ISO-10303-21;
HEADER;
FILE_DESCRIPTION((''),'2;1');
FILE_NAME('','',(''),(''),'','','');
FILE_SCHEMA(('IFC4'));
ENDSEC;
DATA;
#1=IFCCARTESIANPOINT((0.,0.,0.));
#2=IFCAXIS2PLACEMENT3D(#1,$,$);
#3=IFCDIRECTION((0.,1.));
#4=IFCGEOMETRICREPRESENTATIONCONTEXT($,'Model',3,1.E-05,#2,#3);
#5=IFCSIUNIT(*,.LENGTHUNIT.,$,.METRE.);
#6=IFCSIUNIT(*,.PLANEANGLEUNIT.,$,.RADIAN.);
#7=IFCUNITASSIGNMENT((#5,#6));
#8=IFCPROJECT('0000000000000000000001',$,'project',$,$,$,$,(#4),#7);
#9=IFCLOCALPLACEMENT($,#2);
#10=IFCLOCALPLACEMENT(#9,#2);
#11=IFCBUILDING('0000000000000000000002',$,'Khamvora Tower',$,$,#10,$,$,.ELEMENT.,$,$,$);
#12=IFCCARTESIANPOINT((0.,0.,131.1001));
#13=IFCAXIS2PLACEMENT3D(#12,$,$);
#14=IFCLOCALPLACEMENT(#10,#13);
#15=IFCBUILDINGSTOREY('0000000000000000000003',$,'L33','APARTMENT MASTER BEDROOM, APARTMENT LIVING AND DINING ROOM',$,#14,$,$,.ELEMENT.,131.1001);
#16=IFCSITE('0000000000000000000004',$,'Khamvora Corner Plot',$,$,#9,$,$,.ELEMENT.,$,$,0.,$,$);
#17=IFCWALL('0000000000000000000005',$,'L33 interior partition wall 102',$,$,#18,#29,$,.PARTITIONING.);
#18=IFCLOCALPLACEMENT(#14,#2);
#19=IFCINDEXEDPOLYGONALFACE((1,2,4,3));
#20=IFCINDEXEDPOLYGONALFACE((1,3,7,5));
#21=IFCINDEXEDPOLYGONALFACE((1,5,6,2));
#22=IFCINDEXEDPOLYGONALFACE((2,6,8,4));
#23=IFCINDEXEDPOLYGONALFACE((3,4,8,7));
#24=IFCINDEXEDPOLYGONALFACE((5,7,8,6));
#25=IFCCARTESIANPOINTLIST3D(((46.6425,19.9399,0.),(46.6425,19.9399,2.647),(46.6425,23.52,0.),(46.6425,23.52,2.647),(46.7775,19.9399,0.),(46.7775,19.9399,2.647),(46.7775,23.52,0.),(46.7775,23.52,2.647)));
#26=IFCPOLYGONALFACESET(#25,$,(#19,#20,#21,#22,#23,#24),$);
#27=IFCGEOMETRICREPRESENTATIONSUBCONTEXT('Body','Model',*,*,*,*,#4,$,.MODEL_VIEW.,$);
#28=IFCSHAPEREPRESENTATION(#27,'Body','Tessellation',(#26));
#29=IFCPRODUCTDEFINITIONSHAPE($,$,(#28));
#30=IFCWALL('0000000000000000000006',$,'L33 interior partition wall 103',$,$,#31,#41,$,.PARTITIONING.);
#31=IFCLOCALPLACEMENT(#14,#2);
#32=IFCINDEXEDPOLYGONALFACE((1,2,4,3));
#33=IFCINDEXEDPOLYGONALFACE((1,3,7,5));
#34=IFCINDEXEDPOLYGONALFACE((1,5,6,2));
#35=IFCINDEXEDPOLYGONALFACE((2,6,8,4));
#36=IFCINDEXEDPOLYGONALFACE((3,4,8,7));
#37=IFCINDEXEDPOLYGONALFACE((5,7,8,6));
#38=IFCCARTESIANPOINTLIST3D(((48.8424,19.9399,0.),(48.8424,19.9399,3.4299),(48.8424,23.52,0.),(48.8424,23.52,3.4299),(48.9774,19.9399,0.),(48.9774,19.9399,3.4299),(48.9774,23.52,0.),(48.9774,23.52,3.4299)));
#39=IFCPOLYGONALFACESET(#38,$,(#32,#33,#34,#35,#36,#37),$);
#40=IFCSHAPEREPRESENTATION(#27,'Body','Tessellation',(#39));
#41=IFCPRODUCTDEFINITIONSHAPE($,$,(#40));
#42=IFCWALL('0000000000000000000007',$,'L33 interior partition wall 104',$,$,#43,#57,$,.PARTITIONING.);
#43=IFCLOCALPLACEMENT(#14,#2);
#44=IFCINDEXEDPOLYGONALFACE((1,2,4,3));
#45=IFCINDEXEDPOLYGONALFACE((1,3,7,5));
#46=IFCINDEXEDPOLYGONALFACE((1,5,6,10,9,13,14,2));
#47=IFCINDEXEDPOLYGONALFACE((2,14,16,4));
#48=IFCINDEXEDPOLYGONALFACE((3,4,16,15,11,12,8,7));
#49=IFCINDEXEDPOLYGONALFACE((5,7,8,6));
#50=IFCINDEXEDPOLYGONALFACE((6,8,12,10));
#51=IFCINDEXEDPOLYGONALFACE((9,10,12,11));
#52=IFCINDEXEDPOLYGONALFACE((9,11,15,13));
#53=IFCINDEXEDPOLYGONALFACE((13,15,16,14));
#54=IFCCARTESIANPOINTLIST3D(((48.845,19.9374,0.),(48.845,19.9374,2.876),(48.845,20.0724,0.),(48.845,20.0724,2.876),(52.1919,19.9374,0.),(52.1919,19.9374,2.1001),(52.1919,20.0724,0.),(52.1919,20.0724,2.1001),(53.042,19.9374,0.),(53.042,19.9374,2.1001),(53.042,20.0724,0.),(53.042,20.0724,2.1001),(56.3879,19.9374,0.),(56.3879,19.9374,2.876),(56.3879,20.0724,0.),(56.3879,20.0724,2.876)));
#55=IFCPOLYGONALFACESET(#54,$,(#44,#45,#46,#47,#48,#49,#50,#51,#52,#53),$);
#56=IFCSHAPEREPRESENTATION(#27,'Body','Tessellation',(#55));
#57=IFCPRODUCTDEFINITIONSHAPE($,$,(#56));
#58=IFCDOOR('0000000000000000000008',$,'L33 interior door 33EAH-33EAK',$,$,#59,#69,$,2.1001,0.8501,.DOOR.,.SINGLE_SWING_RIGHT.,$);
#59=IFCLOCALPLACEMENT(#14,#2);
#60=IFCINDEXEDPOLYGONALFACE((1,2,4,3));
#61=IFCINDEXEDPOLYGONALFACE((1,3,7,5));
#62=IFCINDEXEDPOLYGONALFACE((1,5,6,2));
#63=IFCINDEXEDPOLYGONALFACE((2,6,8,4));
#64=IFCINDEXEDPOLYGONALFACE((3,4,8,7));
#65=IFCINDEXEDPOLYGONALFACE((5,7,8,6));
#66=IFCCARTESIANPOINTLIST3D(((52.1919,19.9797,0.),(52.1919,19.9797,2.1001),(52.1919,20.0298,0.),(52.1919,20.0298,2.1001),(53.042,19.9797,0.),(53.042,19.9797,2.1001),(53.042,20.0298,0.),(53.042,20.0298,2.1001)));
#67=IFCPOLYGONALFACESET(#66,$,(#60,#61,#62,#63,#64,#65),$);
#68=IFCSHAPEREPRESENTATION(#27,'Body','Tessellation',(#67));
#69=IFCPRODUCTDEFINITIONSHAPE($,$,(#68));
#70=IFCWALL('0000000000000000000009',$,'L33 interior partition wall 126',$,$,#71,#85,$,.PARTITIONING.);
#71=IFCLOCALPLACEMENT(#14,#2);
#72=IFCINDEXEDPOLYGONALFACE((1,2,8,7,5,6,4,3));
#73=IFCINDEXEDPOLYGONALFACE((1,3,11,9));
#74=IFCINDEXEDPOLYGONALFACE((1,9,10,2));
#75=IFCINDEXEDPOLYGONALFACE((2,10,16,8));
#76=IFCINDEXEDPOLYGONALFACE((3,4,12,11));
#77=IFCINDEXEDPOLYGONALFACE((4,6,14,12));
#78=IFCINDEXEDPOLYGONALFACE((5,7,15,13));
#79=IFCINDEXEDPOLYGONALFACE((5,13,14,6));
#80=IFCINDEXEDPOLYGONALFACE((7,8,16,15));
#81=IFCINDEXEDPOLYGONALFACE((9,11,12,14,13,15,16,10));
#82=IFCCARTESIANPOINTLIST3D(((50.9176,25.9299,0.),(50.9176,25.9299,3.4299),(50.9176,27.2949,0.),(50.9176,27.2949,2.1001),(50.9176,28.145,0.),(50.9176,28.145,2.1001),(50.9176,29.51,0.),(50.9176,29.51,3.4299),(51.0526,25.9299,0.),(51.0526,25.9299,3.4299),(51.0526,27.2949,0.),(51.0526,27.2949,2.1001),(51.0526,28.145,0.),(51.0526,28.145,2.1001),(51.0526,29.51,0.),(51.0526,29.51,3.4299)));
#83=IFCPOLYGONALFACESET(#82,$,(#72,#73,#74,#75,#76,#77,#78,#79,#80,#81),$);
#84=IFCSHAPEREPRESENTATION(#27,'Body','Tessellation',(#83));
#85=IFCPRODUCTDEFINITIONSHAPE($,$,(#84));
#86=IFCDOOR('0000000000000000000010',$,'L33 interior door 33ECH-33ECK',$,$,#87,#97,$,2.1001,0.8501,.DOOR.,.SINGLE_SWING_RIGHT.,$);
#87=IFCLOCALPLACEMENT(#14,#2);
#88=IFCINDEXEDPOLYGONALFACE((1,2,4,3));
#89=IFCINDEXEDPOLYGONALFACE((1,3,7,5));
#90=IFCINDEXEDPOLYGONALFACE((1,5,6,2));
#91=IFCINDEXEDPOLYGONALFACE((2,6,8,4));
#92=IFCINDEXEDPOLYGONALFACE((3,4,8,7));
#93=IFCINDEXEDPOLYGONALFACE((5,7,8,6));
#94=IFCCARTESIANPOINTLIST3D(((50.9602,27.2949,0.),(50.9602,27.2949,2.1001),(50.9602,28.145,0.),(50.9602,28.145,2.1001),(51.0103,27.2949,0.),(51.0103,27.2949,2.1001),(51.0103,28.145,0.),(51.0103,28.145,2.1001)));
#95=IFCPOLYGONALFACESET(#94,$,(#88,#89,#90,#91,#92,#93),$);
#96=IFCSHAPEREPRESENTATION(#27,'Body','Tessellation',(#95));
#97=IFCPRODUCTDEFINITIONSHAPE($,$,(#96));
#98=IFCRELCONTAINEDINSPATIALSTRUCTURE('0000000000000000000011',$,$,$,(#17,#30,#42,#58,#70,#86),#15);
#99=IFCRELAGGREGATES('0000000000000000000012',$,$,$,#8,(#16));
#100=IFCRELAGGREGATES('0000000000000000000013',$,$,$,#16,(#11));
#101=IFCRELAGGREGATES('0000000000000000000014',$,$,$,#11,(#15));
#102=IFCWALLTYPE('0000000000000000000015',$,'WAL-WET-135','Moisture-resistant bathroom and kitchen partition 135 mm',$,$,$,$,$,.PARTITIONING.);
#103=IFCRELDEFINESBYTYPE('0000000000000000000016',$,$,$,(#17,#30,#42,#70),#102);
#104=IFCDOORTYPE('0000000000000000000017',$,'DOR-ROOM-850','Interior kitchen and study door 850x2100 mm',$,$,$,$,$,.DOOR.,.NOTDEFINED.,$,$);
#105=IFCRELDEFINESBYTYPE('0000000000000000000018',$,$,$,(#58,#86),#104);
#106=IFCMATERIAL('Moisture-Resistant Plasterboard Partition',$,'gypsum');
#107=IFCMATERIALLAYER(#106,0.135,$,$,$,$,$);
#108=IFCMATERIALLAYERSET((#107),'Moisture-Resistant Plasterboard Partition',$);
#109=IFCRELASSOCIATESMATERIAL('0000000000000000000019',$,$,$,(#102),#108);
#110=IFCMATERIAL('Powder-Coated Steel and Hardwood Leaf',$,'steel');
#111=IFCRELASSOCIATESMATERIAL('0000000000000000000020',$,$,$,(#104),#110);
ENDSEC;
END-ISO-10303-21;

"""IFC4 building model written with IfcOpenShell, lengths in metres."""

from ifc_helpers import new_model, si_unit, direction, frame, frame_2d, origin, place, context, subcontext, project, spatial, rectangle, extrude, material, layer, layer_set, type_object, element, fill, save


model = new_model("IFC4")

# Units and contexts
model_context = context("Model", 3, precision=1e-05, world=origin(), true_north=direction((0.0, 1.0)))
body_context = subcontext(model_context, "Body", "Model", "MODEL_VIEW")
ifc_project = project(units=[si_unit("LENGTHUNIT", "METRE"), si_unit("PLANEANGLEUNIT", "RADIAN")], contexts=[model_context])

# Site, building, storey
site_placement = place(None, origin())
site = spatial("IfcSite", under=ifc_project, at=site_placement, Name="Khamvora Corner Plot", CompositionType="ELEMENT", RefElevation=0.0)
building_placement = place(site_placement, origin())
building = spatial("IfcBuilding", under=site, at=building_placement, Name="Khamvora Tower", CompositionType="ELEMENT")
storey_placement = place(building_placement, frame((0.0, 0.0, 131.1001)))
storey = spatial("IfcBuildingStorey", under=building, at=storey_placement, Name="L33", Description="APARTMENT MASTER BEDROOM, APARTMENT LIVING AND DINING ROOM", CompositionType="ELEMENT", Elevation=131.1001)

# Shared definitions
ifc_material_1 = material(Name="Powder-Coated Steel and Hardwood Leaf", Category="steel")

# Shared definitions
ifc_material_2 = material(Name="Moisture-Resistant Plasterboard Partition", Category="gypsum")
ifc_layer_1 = layer(ifc_material_2, 0.135)
ifc_layer_set_1 = layer_set([ifc_layer_1], Name="Moisture-Resistant Plasterboard Partition")
wall_type_1 = type_object("IfcWallType", Name="WAL-WET-135", Description="Moisture-resistant bathroom and kitchen partition 135 mm", PredefinedType="PARTITIONING", material=ifc_layer_set_1)

# Walls
wall_1_placement = place(storey_placement, frame((46.71, 19.9399, 0.0), z_axis=(0.0, 0.0, 1.0), x_axis=(0.0, 1.0, 0.0)))
element("IfcWall", 1, at=wall_1_placement, inside=storey, type_object=wall_type_1, Name="L33 interior partition wall 102", PredefinedType="PARTITIONING", context=body_context, shape_type="SweptSolid", body=[
    extrude(rectangle(XDim=3.5801, YDim=0.135, at=frame_2d((1.79, 0.0))), origin(), (0.0, 0.0, 1.0), 2.647),
])
wall_2_placement = place(storey_placement, frame((48.9099, 23.52, 0.0), z_axis=(0.0, 0.0, 1.0), x_axis=(0.0, -1.0, 0.0)))
element("IfcWall", 2, at=wall_2_placement, inside=storey, type_object=wall_type_1, Name="L33 interior partition wall 103", PredefinedType="PARTITIONING", context=body_context, shape_type="SweptSolid", body=[
    extrude(rectangle(XDim=3.5801, YDim=0.135, at=frame_2d((1.79, 0.0))), origin(), (0.0, 0.0, 1.0), 3.4299),
])

# Walls, openings, doors
wall_3_placement = place(storey_placement, frame((48.845, 20.0049, 0.0), z_axis=(0.0, 0.0, 1.0), x_axis=(1.0, 0.0, 0.0)))
wall_3 = element("IfcWall", 3, at=wall_3_placement, inside=storey, type_object=wall_type_1, Name="L33 interior partition wall 104", PredefinedType="PARTITIONING", context=body_context, shape_type="SweptSolid", body=[
    extrude(rectangle(XDim=7.543, YDim=0.135, at=frame_2d((3.7715, 0.0))), origin(), (0.0, 0.0, 1.0), 2.876),
])
opening_1_placement = place(wall_3_placement, frame((3.3469, 0.0, 0.0)))
opening_1 = element("IfcOpeningElement", 4, at=opening_1_placement, cuts=wall_3, PredefinedType="OPENING", context=body_context, shape_type="SweptSolid", body=[
    extrude(rectangle(XDim=0.8501, YDim=2.1001, at=frame_2d((0.425, 1.05))), frame((0.0, 0.0774, 0.0), z_axis=(0.0, -1.0, 0.0), x_axis=(1.0, 0.0, 0.0)), (0.0, 0.0, 1.0), 0.155),
])
door_type_1 = type_object("IfcDoorType", Name="DOR-ROOM-850", Description="Interior kitchen and study door 850x2100 mm", OperationType="NOTDEFINED", PredefinedType="DOOR", material=ifc_material_1)
door_1_placement = place(opening_1_placement, origin())
door_1 = element("IfcDoor", 5, at=door_1_placement, inside=storey, type_object=door_type_1, Name="L33 interior door 33EAH-33EAK", OperationType="SINGLE_SWING_RIGHT", OverallHeight=2.1001, OverallWidth=0.8501, PredefinedType="DOOR", context=body_context, shape_type="SweptSolid", body=[
    extrude(rectangle(XDim=0.8501, YDim=2.1001, at=frame_2d((0.425, 1.05))), frame((0.0, 0.0249, 0.0), z_axis=(0.0, -1.0, 0.0), x_axis=(1.0, 0.0, 0.0)), (0.0, 0.0, 1.0), 0.05),
])
fill(opening_1, door_1)
wall_4_placement = place(storey_placement, frame((50.9851, 25.9299, 0.0), z_axis=(0.0, 0.0, 1.0), x_axis=(0.0, 1.0, 0.0)))
wall_4 = element("IfcWall", 6, at=wall_4_placement, inside=storey, type_object=wall_type_1, Name="L33 interior partition wall 126", PredefinedType="PARTITIONING", context=body_context, shape_type="SweptSolid", body=[
    extrude(rectangle(XDim=3.5801, YDim=0.135, at=frame_2d((1.79, 0.0))), origin(), (0.0, 0.0, 1.0), 3.4299),
])
opening_2_placement = place(wall_4_placement, frame((1.365, 0.0, 0.0)))
opening_2 = element("IfcOpeningElement", 7, at=opening_2_placement, cuts=wall_4, PredefinedType="OPENING", context=body_context, shape_type="SweptSolid", body=[
    extrude(rectangle(XDim=0.8501, YDim=2.1001, at=frame_2d((0.425, 1.05))), frame((0.0, 0.0774, 0.0), z_axis=(0.0, -1.0, 0.0), x_axis=(1.0, 0.0, 0.0)), (0.0, 0.0, 1.0), 0.155),
])
door_2_placement = place(opening_2_placement, origin())
door_2 = element("IfcDoor", 8, at=door_2_placement, inside=storey, type_object=door_type_1, Name="L33 interior door 33ECH-33ECK", OperationType="SINGLE_SWING_RIGHT", OverallHeight=2.1001, OverallWidth=0.8501, PredefinedType="DOOR", context=body_context, shape_type="SweptSolid", body=[
    extrude(rectangle(XDim=0.8501, YDim=2.1001, at=frame_2d((0.425, 1.05))), frame((0.0, 0.0249, 0.0), z_axis=(0.0, -1.0, 0.0), x_axis=(1.0, 0.0, 0.0)), (0.0, 0.0, 1.0), 0.05),
])
fill(opening_2, door_2)

save(model, "model.ifc")
